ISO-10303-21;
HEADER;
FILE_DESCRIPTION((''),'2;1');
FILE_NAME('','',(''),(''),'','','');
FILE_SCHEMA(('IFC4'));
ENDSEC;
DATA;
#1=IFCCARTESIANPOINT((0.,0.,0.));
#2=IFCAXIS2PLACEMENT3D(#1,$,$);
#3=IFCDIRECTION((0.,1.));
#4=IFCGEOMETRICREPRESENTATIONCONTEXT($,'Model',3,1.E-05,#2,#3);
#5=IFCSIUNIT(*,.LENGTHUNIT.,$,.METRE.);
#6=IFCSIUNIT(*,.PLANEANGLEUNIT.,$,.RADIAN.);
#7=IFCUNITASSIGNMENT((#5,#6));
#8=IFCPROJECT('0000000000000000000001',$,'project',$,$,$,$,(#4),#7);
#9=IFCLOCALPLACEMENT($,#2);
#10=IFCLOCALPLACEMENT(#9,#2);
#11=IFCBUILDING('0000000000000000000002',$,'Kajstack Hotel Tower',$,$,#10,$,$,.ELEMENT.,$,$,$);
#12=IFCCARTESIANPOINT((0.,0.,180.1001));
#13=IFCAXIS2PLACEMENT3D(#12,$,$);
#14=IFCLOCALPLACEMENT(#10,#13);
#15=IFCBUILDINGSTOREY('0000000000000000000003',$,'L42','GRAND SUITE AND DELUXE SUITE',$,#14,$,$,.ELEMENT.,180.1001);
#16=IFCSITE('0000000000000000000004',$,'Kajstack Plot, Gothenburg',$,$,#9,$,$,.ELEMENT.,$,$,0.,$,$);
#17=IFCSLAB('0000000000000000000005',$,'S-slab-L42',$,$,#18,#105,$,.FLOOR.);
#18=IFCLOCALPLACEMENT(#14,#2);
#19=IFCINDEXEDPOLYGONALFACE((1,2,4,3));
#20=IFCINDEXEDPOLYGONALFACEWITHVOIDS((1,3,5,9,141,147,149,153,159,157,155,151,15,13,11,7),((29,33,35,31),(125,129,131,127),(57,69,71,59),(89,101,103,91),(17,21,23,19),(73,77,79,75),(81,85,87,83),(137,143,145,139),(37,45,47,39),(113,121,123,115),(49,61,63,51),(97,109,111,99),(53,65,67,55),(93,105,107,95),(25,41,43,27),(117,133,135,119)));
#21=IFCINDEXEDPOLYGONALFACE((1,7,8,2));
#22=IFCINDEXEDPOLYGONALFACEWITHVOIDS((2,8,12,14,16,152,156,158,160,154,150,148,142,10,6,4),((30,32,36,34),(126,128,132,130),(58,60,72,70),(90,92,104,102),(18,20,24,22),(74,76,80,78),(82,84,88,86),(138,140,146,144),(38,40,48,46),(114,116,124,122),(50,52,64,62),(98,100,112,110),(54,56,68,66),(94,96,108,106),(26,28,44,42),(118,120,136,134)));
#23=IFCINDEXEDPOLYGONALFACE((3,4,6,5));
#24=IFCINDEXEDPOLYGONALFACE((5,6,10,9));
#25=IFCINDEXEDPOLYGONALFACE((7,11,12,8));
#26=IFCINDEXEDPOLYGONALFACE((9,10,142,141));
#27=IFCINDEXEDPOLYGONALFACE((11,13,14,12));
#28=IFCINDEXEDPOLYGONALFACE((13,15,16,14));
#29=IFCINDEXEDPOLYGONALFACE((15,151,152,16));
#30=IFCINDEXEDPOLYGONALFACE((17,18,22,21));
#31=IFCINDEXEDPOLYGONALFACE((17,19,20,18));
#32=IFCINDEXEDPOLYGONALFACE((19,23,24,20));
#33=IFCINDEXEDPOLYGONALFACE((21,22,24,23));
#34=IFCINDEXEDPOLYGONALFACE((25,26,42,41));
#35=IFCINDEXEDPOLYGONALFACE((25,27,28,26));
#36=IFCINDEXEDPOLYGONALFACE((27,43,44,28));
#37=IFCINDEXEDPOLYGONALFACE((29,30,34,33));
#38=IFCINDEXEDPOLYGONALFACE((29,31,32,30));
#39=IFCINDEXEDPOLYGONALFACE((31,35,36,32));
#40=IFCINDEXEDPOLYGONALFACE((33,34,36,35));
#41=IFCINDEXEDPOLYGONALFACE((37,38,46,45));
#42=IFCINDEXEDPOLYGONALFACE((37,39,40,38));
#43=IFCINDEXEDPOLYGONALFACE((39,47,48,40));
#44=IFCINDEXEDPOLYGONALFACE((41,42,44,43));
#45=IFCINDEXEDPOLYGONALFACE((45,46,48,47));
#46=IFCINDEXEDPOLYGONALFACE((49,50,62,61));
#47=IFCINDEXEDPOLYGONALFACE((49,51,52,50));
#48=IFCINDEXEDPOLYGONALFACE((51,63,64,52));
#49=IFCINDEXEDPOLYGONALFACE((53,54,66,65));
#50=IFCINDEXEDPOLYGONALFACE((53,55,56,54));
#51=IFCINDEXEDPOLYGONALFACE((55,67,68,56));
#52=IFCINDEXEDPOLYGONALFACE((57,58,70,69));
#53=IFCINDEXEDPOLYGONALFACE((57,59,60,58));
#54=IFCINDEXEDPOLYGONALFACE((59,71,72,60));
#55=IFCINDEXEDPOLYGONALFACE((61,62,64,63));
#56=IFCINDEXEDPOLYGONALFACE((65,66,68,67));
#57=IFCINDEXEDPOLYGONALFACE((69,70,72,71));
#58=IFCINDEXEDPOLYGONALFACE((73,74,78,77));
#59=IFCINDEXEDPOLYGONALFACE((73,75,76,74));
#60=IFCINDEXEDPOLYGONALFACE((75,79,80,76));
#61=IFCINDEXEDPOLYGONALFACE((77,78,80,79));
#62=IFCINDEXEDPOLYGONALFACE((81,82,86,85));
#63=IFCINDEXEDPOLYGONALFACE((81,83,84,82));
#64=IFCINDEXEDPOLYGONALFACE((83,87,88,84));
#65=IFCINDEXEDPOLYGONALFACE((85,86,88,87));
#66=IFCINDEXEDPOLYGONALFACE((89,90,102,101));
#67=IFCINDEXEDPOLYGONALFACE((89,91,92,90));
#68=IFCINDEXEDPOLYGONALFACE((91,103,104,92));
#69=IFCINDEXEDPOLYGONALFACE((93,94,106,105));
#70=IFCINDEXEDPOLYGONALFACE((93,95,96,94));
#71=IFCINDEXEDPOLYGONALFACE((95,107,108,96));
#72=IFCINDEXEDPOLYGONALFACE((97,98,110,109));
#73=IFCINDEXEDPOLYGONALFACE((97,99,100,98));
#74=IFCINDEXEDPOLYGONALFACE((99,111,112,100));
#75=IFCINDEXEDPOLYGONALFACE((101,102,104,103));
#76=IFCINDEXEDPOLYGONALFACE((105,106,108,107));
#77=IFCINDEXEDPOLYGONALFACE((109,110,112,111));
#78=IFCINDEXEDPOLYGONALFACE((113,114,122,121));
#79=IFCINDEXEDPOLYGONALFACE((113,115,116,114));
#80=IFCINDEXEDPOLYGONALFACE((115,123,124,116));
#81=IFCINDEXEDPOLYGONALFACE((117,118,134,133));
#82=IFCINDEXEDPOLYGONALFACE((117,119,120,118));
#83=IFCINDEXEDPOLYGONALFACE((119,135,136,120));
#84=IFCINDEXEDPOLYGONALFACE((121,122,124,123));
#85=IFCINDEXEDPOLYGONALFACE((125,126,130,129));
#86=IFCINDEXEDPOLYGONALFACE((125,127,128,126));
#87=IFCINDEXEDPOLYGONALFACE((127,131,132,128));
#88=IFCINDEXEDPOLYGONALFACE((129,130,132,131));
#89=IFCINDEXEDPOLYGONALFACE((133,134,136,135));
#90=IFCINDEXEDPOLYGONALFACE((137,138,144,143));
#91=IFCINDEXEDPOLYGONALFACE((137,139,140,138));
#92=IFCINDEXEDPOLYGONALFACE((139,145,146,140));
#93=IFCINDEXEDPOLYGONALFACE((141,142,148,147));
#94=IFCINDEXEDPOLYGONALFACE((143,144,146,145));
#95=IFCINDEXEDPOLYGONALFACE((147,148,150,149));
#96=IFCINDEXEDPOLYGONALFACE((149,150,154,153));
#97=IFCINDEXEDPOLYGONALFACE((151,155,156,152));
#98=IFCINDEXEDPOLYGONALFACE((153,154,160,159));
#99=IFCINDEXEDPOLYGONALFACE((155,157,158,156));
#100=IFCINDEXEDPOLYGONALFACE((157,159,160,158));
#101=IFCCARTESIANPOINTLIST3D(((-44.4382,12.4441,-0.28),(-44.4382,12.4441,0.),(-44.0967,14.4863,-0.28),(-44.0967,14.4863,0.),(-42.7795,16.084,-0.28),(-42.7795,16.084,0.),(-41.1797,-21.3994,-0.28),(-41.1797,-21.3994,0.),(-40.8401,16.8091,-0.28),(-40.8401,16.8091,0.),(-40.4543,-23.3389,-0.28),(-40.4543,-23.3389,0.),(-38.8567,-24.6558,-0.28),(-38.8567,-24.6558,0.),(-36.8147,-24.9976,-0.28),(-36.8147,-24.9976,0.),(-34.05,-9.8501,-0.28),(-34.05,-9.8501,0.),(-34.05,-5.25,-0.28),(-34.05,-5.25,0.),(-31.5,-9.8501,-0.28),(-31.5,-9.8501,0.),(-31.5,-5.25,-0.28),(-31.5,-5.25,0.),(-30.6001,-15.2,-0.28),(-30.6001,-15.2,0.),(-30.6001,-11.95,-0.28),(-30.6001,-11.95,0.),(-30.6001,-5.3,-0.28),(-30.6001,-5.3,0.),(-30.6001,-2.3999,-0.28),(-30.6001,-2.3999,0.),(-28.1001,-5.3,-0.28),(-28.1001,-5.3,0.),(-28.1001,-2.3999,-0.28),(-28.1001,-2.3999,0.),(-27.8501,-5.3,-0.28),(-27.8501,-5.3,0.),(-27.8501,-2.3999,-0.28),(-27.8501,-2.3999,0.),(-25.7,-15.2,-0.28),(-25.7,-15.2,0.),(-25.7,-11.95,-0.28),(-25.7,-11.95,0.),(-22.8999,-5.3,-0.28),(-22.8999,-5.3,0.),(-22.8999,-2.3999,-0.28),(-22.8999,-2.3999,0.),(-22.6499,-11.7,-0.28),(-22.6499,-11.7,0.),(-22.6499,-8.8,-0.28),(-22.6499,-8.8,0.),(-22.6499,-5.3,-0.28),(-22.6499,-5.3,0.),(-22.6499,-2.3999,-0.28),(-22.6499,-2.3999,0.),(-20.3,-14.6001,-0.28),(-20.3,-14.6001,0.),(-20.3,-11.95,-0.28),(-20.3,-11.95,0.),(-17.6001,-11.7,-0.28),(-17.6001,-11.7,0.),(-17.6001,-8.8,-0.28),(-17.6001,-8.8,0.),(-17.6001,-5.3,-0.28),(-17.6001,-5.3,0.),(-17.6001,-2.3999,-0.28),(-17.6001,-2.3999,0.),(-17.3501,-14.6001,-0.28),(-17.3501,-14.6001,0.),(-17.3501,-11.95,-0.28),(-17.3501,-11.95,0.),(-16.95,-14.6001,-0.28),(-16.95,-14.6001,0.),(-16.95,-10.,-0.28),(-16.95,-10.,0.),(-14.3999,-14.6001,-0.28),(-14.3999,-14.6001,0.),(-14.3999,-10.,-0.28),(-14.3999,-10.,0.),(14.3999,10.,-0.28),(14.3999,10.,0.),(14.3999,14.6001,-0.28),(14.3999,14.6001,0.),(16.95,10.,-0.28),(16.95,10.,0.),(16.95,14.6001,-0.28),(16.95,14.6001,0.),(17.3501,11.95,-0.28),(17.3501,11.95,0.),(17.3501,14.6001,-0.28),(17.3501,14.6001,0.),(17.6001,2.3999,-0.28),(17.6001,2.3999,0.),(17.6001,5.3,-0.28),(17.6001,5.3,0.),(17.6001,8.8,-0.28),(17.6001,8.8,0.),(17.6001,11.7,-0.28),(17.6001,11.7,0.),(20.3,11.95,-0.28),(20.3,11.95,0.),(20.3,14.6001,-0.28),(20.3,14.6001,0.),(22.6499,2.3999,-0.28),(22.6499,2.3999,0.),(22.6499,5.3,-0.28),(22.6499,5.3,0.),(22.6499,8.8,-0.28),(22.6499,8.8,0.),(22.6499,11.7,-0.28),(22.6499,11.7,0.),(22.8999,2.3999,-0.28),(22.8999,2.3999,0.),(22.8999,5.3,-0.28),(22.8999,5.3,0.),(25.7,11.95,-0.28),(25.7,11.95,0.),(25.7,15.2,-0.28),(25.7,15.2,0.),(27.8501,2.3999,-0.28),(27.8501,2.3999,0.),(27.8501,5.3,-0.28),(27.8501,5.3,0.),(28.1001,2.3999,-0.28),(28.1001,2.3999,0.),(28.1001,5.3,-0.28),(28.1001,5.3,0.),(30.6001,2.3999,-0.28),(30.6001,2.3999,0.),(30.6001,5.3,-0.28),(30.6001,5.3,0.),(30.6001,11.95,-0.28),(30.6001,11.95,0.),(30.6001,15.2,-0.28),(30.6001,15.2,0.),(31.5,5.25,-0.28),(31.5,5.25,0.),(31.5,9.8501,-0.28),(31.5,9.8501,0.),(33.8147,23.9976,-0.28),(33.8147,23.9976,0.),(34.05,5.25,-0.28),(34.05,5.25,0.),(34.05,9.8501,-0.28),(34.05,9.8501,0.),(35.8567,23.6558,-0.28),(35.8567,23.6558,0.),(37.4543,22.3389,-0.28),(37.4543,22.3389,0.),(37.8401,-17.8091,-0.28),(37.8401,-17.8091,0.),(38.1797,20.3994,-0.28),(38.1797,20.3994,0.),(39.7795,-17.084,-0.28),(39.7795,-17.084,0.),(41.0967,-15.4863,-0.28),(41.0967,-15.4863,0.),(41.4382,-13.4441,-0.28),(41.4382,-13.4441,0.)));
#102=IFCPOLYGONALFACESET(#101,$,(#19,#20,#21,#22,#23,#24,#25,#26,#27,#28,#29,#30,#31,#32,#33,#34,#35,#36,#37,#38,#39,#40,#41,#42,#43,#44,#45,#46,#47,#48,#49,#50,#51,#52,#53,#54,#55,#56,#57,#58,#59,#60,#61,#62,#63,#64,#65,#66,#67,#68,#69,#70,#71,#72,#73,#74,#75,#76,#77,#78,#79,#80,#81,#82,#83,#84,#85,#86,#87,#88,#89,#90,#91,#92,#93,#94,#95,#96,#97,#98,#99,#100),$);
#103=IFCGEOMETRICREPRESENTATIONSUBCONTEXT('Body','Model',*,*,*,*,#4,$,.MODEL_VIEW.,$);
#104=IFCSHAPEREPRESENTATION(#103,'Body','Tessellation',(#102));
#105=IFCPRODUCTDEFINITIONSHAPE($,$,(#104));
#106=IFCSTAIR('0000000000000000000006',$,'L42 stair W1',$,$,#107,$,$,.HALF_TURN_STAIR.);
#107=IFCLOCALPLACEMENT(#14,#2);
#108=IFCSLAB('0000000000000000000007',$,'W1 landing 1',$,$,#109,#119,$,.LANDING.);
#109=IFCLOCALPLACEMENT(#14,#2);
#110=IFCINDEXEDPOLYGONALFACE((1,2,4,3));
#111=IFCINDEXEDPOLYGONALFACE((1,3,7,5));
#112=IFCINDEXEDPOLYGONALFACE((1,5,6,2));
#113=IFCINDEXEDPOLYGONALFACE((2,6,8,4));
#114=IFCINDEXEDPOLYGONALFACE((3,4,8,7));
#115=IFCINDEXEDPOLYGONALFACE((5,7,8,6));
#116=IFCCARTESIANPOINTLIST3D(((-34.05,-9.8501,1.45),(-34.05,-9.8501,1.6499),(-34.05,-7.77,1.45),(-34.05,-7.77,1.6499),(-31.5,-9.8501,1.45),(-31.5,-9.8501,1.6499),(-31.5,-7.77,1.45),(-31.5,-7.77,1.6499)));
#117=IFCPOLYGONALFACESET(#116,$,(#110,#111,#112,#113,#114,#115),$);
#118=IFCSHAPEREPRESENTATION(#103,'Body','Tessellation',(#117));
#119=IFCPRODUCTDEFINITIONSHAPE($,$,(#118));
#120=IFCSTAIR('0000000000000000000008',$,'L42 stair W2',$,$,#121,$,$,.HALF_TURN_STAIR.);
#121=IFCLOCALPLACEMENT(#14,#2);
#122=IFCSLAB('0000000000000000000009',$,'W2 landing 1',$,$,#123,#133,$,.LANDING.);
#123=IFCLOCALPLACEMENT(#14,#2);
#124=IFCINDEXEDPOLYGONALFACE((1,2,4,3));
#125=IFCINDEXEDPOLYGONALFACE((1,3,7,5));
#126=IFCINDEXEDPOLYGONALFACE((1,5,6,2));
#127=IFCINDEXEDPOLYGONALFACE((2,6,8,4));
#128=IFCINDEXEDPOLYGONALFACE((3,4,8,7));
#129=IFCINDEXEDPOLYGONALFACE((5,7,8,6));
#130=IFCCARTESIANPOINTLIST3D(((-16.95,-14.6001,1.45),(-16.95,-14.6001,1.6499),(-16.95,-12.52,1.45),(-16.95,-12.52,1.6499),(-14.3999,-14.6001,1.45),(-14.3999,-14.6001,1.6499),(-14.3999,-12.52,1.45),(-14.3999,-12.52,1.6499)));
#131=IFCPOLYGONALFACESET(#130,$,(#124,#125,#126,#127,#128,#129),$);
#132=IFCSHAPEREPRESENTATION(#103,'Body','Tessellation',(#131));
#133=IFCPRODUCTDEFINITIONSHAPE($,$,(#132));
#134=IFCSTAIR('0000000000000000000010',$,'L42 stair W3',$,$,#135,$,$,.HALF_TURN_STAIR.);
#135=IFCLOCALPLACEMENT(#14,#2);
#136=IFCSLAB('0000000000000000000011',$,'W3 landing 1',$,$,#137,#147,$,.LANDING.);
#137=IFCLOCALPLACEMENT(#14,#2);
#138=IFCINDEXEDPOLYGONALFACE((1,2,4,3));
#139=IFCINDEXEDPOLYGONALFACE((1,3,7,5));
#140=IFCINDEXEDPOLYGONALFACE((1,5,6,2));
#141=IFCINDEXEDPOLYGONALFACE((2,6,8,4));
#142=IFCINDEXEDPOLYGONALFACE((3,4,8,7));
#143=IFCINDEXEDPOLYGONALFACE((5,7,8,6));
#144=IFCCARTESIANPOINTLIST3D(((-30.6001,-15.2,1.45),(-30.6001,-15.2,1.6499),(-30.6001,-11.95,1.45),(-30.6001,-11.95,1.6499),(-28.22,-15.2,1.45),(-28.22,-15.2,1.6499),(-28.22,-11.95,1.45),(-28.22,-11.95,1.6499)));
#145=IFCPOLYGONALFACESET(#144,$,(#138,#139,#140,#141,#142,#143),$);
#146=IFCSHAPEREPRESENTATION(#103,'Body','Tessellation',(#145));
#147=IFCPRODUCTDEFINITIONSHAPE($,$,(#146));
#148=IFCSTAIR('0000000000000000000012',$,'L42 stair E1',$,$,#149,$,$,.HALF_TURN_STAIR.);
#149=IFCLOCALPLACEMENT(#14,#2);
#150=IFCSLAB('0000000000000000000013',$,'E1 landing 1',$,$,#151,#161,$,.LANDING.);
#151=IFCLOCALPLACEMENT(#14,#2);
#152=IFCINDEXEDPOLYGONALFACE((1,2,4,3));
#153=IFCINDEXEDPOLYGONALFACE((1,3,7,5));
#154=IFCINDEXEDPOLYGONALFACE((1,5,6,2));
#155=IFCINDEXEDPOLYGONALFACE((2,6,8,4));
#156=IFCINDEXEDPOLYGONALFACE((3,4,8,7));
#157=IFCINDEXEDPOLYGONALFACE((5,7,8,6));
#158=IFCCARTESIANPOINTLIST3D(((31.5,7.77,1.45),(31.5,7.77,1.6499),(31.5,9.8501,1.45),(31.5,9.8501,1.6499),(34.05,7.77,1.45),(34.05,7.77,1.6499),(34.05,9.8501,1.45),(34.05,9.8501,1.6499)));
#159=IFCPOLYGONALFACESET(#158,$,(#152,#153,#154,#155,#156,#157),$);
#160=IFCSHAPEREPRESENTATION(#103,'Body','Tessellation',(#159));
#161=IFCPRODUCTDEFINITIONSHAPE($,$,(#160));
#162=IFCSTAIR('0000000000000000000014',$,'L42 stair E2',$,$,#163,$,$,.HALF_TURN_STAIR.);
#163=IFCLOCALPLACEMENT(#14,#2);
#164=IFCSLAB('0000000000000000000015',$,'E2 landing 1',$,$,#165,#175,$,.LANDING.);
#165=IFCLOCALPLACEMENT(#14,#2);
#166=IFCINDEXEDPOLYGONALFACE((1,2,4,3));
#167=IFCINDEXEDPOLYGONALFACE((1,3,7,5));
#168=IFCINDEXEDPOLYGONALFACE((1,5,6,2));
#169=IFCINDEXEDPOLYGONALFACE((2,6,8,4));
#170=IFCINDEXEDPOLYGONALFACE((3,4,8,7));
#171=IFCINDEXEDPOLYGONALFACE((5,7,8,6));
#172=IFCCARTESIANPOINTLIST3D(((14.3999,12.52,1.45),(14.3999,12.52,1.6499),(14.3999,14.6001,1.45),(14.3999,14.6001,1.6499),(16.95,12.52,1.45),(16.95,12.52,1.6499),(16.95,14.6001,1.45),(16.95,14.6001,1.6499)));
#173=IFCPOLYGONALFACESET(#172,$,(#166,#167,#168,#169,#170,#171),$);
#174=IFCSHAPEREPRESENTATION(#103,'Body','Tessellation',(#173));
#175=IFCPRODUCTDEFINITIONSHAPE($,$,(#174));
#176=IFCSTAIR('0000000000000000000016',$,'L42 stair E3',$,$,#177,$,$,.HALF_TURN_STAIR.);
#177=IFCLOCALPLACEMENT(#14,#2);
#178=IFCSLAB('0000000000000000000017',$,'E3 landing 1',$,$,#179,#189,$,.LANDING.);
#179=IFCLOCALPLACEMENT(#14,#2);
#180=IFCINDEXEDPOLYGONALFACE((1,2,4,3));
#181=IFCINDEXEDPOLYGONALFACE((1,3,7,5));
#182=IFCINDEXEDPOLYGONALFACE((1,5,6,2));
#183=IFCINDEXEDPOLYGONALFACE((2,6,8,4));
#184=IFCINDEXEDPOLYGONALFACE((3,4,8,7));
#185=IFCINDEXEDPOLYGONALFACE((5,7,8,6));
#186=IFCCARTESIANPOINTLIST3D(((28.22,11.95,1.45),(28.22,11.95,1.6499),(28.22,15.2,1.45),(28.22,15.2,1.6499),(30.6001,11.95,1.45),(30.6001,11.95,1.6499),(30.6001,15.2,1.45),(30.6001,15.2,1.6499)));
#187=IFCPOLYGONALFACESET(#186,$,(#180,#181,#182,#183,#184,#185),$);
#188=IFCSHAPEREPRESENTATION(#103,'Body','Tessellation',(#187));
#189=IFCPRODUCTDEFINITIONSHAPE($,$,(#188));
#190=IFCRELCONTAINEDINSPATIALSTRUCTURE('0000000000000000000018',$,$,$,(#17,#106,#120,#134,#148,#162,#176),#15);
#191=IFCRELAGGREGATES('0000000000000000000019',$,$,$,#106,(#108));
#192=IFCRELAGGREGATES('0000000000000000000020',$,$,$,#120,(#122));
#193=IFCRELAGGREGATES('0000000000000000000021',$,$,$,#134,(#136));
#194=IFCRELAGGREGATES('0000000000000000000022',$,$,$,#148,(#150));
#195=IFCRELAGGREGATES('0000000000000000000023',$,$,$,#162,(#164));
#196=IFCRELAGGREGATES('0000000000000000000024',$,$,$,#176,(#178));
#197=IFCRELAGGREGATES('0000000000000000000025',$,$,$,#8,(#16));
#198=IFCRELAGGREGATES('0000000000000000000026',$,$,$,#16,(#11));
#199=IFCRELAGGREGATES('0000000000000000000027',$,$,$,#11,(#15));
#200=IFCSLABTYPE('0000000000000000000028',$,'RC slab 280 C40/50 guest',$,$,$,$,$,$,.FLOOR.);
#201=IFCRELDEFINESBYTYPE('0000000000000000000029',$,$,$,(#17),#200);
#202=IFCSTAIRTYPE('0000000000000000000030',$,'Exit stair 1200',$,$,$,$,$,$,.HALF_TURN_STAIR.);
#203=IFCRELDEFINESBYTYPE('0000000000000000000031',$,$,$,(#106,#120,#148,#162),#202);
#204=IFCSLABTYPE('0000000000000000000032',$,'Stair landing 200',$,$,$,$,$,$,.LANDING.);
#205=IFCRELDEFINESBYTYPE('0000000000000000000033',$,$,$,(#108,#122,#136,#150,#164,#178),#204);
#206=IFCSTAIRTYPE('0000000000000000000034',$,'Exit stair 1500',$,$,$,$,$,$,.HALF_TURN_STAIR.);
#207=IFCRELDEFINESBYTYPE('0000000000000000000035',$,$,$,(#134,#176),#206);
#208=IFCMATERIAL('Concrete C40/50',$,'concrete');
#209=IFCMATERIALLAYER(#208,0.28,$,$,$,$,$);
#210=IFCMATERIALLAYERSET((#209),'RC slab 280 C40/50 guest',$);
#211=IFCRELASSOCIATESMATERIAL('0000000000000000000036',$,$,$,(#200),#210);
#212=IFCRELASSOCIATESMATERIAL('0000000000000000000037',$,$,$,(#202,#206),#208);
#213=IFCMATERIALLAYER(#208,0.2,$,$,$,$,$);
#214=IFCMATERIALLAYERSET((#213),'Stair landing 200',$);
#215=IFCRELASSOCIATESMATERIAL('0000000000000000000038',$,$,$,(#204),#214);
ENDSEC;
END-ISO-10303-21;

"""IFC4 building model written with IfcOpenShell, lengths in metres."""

from ifc_helpers import new_model, si_unit, direction, frame, origin, place, context, subcontext, project, spatial, polyline, outline, extrude, material, layer, layer_set, type_object, element, aggregate, save


model = new_model("IFC4")

# Units and contexts
model_context = context("Model", 3, precision=1e-05, world=origin(), true_north=direction((0.0, 1.0)))
body_context = subcontext(model_context, "Body", "Model", "MODEL_VIEW")
ifc_project = project(units=[si_unit("LENGTHUNIT", "METRE"), si_unit("PLANEANGLEUNIT", "RADIAN")], contexts=[model_context])

# Site, building, storey
site_placement = place(None, origin())
site = spatial("IfcSite", under=ifc_project, at=site_placement, Name="Kajstack Plot, Gothenburg", CompositionType="ELEMENT", RefElevation=0.0)
building_placement = place(site_placement, origin())
building = spatial("IfcBuilding", under=site, at=building_placement, Name="Kajstack Hotel Tower", CompositionType="ELEMENT")
storey_placement = place(building_placement, frame((0.0, 0.0, 180.1001)))
storey = spatial("IfcBuildingStorey", under=building, at=storey_placement, Name="L42", Description="GRAND SUITE AND DELUXE SUITE", CompositionType="ELEMENT", Elevation=180.1001)

# Slab
ifc_material_1 = material(Name="Concrete C40/50", Category="concrete")
ifc_layer_1 = layer(ifc_material_1, 0.28)
ifc_layer_set_1 = layer_set([ifc_layer_1], Name="RC slab 280 C40/50 guest")
slab_type_1 = type_object("IfcSlabType", Name="RC slab 280 C40/50 guest", PredefinedType="FLOOR", material=ifc_layer_set_1)
slab_1_placement = place(storey_placement, frame((0.0, 0.0, -0.28)))
element("IfcSlab", 1, at=slab_1_placement, inside=storey, type_object=slab_type_1, Name="S-slab-L42", PredefinedType="FLOOR", context=body_context, shape_type="SweptSolid", body=[
    extrude(outline(polyline([(-44.4382, 12.4441), (-41.1797, -21.3994), (-40.4543, -23.3389), (-38.8567, -24.6558), (-36.8147, -24.9976), (37.8401, -17.8091), (39.7795, -17.084), (41.0967, -15.4863), (41.4382, -13.4441), (38.1797, 20.3994), (37.4543, 22.3389), (35.8567, 23.6558), (33.8147, 23.9976), (-40.8401, 16.8091), (-42.7795, 16.084), (-44.0967, 14.4863), (-44.4382, 12.4441)]), holes=[polyline([(-22.6499, -11.7), (-22.6499, -8.8), (-17.6001, -8.8), (-17.6001, -11.7), (-22.6499, -11.7)]), polyline([(-27.8501, -5.3), (-27.8501, -2.3999), (-22.8999, -2.3999), (-22.8999, -5.3), (-27.8501, -5.3)]), polyline([(-22.6499, -5.3), (-22.6499, -2.3999), (-17.6001, -2.3999), (-17.6001, -5.3), (-22.6499, -5.3)]), polyline([(-20.3, -14.6001), (-17.3501, -14.6001), (-17.3501, -11.95), (-20.3, -11.95), (-20.3, -14.6001)]), polyline([(-30.6001, -5.3), (-28.1001, -5.3), (-28.1001, -2.3999), (-30.6001, -2.3999), (-30.6001, -5.3)]), polyline([(17.6001, 8.8), (17.6001, 11.7), (22.6499, 11.7), (22.6499, 8.8), (17.6001, 8.8)]), polyline([(22.8999, 2.3999), (22.8999, 5.3), (27.8501, 5.3), (27.8501, 2.3999), (22.8999, 2.3999)]), polyline([(17.6001, 2.3999), (17.6001, 5.3), (22.6499, 5.3), (22.6499, 2.3999), (17.6001, 2.3999)]), polyline([(20.3, 14.6001), (17.3501, 14.6001), (17.3501, 11.95), (20.3, 11.95), (20.3, 14.6001)]), polyline([(30.6001, 5.3), (28.1001, 5.3), (28.1001, 2.3999), (30.6001, 2.3999), (30.6001, 5.3)]), polyline([(-34.05, -9.8501), (-31.5, -9.8501), (-31.5, -5.25), (-34.05, -5.25), (-34.05, -9.8501)]), polyline([(-16.95, -14.6001), (-14.3999, -14.6001), (-14.3999, -10.0), (-16.95, -10.0), (-16.95, -14.6001)]), polyline([(-30.6001, -15.2), (-25.7, -15.2), (-25.7, -11.95), (-30.6001, -11.95), (-30.6001, -15.2)]), polyline([(34.05, 9.8501), (31.5, 9.8501), (31.5, 5.25), (34.05, 5.25), (34.05, 9.8501)]), polyline([(16.95, 14.6001), (14.3999, 14.6001), (14.3999, 10.0), (16.95, 10.0), (16.95, 14.6001)]), polyline([(30.6001, 15.2), (25.7, 15.2), (25.7, 11.95), (30.6001, 11.95), (30.6001, 15.2)])]), origin(), (0.0, 0.0, 1.0), 0.28),
])

# Stairs, slabs
stair_type_1 = type_object("IfcStairType", Name="Exit stair 1200", PredefinedType="HALF_TURN_STAIR", material=ifc_material_1)
stair_1_placement = place(storey_placement, origin())
stair_1 = element("IfcStair", 2, at=stair_1_placement, inside=storey, type_object=stair_type_1, Name="L42 stair W1", PredefinedType="HALF_TURN_STAIR")
ifc_layer_2 = layer(ifc_material_1, 0.2)
ifc_layer_set_2 = layer_set([ifc_layer_2], Name="Stair landing 200")
slab_type_2 = type_object("IfcSlabType", Name="Stair landing 200", PredefinedType="LANDING", material=ifc_layer_set_2)
slab_2_placement = place(storey_placement, frame((0.0, 0.0, 1.45)))
slab_2 = element("IfcSlab", 3, at=slab_2_placement, type_object=slab_type_2, Name="W1 landing 1", PredefinedType="LANDING", context=body_context, shape_type="SweptSolid", body=[
    extrude(outline(polyline([(-34.05, -7.77), (-34.05, -9.8501), (-31.5, -9.8501), (-31.5, -7.77), (-34.05, -7.77)])), origin(), (0.0, 0.0, 1.0), 0.2),
])
aggregate(stair_1, [slab_2])
stair_2_placement = place(storey_placement, origin())
stair_2 = element("IfcStair", 4, at=stair_2_placement, inside=storey, type_object=stair_type_1, Name="L42 stair W2", PredefinedType="HALF_TURN_STAIR")
slab_3_placement = place(storey_placement, frame((0.0, 0.0, 1.45)))
slab_3 = element("IfcSlab", 5, at=slab_3_placement, type_object=slab_type_2, Name="W2 landing 1", PredefinedType="LANDING", context=body_context, shape_type="SweptSolid", body=[
    extrude(outline(polyline([(-16.95, -12.52), (-16.95, -14.6001), (-14.3999, -14.6001), (-14.3999, -12.52), (-16.95, -12.52)])), origin(), (0.0, 0.0, 1.0), 0.2),
])
aggregate(stair_2, [slab_3])
stair_type_2 = type_object("IfcStairType", Name="Exit stair 1500", PredefinedType="HALF_TURN_STAIR", material=ifc_material_1)
stair_3_placement = place(storey_placement, origin())
stair_3 = element("IfcStair", 6, at=stair_3_placement, inside=storey, type_object=stair_type_2, Name="L42 stair W3", PredefinedType="HALF_TURN_STAIR")
slab_4_placement = place(storey_placement, frame((0.0, 0.0, 1.45)))
slab_4 = element("IfcSlab", 7, at=slab_4_placement, type_object=slab_type_2, Name="W3 landing 1", PredefinedType="LANDING", context=body_context, shape_type="SweptSolid", body=[
    extrude(outline(polyline([(-28.22, -11.95), (-30.6001, -11.95), (-30.6001, -15.2), (-28.22, -15.2), (-28.22, -11.95)])), origin(), (0.0, 0.0, 1.0), 0.2),
])
aggregate(stair_3, [slab_4])
stair_4_placement = place(storey_placement, origin())
stair_4 = element("IfcStair", 8, at=stair_4_placement, inside=storey, type_object=stair_type_1, Name="L42 stair E1", PredefinedType="HALF_TURN_STAIR")
slab_5_placement = place(storey_placement, frame((0.0, 0.0, 1.45)))
slab_5 = element("IfcSlab", 9, at=slab_5_placement, type_object=slab_type_2, Name="E1 landing 1", PredefinedType="LANDING", context=body_context, shape_type="SweptSolid", body=[
    extrude(outline(polyline([(34.05, 7.77), (34.05, 9.8501), (31.5, 9.8501), (31.5, 7.77), (34.05, 7.77)])), origin(), (0.0, 0.0, 1.0), 0.2),
])
aggregate(stair_4, [slab_5])
stair_5_placement = place(storey_placement, origin())
stair_5 = element("IfcStair", 10, at=stair_5_placement, inside=storey, type_object=stair_type_1, Name="L42 stair E2", PredefinedType="HALF_TURN_STAIR")
slab_6_placement = place(storey_placement, frame((0.0, 0.0, 1.45)))
slab_6 = element("IfcSlab", 11, at=slab_6_placement, type_object=slab_type_2, Name="E2 landing 1", PredefinedType="LANDING", context=body_context, shape_type="SweptSolid", body=[
    extrude(outline(polyline([(16.95, 12.52), (16.95, 14.6001), (14.3999, 14.6001), (14.3999, 12.52), (16.95, 12.52)])), origin(), (0.0, 0.0, 1.0), 0.2),
])
aggregate(stair_5, [slab_6])
stair_6_placement = place(storey_placement, origin())
stair_6 = element("IfcStair", 12, at=stair_6_placement, inside=storey, type_object=stair_type_2, Name="L42 stair E3", PredefinedType="HALF_TURN_STAIR")
slab_7_placement = place(storey_placement, frame((0.0, 0.0, 1.45)))
slab_7 = element("IfcSlab", 13, at=slab_7_placement, type_object=slab_type_2, Name="E3 landing 1", PredefinedType="LANDING", context=body_context, shape_type="SweptSolid", body=[
    extrude(outline(polyline([(28.22, 11.95), (30.6001, 11.95), (30.6001, 15.2), (28.22, 15.2), (28.22, 11.95)])), origin(), (0.0, 0.0, 1.0), 0.2),
])
aggregate(stair_6, [slab_7])

save(model, "model.ifc")
